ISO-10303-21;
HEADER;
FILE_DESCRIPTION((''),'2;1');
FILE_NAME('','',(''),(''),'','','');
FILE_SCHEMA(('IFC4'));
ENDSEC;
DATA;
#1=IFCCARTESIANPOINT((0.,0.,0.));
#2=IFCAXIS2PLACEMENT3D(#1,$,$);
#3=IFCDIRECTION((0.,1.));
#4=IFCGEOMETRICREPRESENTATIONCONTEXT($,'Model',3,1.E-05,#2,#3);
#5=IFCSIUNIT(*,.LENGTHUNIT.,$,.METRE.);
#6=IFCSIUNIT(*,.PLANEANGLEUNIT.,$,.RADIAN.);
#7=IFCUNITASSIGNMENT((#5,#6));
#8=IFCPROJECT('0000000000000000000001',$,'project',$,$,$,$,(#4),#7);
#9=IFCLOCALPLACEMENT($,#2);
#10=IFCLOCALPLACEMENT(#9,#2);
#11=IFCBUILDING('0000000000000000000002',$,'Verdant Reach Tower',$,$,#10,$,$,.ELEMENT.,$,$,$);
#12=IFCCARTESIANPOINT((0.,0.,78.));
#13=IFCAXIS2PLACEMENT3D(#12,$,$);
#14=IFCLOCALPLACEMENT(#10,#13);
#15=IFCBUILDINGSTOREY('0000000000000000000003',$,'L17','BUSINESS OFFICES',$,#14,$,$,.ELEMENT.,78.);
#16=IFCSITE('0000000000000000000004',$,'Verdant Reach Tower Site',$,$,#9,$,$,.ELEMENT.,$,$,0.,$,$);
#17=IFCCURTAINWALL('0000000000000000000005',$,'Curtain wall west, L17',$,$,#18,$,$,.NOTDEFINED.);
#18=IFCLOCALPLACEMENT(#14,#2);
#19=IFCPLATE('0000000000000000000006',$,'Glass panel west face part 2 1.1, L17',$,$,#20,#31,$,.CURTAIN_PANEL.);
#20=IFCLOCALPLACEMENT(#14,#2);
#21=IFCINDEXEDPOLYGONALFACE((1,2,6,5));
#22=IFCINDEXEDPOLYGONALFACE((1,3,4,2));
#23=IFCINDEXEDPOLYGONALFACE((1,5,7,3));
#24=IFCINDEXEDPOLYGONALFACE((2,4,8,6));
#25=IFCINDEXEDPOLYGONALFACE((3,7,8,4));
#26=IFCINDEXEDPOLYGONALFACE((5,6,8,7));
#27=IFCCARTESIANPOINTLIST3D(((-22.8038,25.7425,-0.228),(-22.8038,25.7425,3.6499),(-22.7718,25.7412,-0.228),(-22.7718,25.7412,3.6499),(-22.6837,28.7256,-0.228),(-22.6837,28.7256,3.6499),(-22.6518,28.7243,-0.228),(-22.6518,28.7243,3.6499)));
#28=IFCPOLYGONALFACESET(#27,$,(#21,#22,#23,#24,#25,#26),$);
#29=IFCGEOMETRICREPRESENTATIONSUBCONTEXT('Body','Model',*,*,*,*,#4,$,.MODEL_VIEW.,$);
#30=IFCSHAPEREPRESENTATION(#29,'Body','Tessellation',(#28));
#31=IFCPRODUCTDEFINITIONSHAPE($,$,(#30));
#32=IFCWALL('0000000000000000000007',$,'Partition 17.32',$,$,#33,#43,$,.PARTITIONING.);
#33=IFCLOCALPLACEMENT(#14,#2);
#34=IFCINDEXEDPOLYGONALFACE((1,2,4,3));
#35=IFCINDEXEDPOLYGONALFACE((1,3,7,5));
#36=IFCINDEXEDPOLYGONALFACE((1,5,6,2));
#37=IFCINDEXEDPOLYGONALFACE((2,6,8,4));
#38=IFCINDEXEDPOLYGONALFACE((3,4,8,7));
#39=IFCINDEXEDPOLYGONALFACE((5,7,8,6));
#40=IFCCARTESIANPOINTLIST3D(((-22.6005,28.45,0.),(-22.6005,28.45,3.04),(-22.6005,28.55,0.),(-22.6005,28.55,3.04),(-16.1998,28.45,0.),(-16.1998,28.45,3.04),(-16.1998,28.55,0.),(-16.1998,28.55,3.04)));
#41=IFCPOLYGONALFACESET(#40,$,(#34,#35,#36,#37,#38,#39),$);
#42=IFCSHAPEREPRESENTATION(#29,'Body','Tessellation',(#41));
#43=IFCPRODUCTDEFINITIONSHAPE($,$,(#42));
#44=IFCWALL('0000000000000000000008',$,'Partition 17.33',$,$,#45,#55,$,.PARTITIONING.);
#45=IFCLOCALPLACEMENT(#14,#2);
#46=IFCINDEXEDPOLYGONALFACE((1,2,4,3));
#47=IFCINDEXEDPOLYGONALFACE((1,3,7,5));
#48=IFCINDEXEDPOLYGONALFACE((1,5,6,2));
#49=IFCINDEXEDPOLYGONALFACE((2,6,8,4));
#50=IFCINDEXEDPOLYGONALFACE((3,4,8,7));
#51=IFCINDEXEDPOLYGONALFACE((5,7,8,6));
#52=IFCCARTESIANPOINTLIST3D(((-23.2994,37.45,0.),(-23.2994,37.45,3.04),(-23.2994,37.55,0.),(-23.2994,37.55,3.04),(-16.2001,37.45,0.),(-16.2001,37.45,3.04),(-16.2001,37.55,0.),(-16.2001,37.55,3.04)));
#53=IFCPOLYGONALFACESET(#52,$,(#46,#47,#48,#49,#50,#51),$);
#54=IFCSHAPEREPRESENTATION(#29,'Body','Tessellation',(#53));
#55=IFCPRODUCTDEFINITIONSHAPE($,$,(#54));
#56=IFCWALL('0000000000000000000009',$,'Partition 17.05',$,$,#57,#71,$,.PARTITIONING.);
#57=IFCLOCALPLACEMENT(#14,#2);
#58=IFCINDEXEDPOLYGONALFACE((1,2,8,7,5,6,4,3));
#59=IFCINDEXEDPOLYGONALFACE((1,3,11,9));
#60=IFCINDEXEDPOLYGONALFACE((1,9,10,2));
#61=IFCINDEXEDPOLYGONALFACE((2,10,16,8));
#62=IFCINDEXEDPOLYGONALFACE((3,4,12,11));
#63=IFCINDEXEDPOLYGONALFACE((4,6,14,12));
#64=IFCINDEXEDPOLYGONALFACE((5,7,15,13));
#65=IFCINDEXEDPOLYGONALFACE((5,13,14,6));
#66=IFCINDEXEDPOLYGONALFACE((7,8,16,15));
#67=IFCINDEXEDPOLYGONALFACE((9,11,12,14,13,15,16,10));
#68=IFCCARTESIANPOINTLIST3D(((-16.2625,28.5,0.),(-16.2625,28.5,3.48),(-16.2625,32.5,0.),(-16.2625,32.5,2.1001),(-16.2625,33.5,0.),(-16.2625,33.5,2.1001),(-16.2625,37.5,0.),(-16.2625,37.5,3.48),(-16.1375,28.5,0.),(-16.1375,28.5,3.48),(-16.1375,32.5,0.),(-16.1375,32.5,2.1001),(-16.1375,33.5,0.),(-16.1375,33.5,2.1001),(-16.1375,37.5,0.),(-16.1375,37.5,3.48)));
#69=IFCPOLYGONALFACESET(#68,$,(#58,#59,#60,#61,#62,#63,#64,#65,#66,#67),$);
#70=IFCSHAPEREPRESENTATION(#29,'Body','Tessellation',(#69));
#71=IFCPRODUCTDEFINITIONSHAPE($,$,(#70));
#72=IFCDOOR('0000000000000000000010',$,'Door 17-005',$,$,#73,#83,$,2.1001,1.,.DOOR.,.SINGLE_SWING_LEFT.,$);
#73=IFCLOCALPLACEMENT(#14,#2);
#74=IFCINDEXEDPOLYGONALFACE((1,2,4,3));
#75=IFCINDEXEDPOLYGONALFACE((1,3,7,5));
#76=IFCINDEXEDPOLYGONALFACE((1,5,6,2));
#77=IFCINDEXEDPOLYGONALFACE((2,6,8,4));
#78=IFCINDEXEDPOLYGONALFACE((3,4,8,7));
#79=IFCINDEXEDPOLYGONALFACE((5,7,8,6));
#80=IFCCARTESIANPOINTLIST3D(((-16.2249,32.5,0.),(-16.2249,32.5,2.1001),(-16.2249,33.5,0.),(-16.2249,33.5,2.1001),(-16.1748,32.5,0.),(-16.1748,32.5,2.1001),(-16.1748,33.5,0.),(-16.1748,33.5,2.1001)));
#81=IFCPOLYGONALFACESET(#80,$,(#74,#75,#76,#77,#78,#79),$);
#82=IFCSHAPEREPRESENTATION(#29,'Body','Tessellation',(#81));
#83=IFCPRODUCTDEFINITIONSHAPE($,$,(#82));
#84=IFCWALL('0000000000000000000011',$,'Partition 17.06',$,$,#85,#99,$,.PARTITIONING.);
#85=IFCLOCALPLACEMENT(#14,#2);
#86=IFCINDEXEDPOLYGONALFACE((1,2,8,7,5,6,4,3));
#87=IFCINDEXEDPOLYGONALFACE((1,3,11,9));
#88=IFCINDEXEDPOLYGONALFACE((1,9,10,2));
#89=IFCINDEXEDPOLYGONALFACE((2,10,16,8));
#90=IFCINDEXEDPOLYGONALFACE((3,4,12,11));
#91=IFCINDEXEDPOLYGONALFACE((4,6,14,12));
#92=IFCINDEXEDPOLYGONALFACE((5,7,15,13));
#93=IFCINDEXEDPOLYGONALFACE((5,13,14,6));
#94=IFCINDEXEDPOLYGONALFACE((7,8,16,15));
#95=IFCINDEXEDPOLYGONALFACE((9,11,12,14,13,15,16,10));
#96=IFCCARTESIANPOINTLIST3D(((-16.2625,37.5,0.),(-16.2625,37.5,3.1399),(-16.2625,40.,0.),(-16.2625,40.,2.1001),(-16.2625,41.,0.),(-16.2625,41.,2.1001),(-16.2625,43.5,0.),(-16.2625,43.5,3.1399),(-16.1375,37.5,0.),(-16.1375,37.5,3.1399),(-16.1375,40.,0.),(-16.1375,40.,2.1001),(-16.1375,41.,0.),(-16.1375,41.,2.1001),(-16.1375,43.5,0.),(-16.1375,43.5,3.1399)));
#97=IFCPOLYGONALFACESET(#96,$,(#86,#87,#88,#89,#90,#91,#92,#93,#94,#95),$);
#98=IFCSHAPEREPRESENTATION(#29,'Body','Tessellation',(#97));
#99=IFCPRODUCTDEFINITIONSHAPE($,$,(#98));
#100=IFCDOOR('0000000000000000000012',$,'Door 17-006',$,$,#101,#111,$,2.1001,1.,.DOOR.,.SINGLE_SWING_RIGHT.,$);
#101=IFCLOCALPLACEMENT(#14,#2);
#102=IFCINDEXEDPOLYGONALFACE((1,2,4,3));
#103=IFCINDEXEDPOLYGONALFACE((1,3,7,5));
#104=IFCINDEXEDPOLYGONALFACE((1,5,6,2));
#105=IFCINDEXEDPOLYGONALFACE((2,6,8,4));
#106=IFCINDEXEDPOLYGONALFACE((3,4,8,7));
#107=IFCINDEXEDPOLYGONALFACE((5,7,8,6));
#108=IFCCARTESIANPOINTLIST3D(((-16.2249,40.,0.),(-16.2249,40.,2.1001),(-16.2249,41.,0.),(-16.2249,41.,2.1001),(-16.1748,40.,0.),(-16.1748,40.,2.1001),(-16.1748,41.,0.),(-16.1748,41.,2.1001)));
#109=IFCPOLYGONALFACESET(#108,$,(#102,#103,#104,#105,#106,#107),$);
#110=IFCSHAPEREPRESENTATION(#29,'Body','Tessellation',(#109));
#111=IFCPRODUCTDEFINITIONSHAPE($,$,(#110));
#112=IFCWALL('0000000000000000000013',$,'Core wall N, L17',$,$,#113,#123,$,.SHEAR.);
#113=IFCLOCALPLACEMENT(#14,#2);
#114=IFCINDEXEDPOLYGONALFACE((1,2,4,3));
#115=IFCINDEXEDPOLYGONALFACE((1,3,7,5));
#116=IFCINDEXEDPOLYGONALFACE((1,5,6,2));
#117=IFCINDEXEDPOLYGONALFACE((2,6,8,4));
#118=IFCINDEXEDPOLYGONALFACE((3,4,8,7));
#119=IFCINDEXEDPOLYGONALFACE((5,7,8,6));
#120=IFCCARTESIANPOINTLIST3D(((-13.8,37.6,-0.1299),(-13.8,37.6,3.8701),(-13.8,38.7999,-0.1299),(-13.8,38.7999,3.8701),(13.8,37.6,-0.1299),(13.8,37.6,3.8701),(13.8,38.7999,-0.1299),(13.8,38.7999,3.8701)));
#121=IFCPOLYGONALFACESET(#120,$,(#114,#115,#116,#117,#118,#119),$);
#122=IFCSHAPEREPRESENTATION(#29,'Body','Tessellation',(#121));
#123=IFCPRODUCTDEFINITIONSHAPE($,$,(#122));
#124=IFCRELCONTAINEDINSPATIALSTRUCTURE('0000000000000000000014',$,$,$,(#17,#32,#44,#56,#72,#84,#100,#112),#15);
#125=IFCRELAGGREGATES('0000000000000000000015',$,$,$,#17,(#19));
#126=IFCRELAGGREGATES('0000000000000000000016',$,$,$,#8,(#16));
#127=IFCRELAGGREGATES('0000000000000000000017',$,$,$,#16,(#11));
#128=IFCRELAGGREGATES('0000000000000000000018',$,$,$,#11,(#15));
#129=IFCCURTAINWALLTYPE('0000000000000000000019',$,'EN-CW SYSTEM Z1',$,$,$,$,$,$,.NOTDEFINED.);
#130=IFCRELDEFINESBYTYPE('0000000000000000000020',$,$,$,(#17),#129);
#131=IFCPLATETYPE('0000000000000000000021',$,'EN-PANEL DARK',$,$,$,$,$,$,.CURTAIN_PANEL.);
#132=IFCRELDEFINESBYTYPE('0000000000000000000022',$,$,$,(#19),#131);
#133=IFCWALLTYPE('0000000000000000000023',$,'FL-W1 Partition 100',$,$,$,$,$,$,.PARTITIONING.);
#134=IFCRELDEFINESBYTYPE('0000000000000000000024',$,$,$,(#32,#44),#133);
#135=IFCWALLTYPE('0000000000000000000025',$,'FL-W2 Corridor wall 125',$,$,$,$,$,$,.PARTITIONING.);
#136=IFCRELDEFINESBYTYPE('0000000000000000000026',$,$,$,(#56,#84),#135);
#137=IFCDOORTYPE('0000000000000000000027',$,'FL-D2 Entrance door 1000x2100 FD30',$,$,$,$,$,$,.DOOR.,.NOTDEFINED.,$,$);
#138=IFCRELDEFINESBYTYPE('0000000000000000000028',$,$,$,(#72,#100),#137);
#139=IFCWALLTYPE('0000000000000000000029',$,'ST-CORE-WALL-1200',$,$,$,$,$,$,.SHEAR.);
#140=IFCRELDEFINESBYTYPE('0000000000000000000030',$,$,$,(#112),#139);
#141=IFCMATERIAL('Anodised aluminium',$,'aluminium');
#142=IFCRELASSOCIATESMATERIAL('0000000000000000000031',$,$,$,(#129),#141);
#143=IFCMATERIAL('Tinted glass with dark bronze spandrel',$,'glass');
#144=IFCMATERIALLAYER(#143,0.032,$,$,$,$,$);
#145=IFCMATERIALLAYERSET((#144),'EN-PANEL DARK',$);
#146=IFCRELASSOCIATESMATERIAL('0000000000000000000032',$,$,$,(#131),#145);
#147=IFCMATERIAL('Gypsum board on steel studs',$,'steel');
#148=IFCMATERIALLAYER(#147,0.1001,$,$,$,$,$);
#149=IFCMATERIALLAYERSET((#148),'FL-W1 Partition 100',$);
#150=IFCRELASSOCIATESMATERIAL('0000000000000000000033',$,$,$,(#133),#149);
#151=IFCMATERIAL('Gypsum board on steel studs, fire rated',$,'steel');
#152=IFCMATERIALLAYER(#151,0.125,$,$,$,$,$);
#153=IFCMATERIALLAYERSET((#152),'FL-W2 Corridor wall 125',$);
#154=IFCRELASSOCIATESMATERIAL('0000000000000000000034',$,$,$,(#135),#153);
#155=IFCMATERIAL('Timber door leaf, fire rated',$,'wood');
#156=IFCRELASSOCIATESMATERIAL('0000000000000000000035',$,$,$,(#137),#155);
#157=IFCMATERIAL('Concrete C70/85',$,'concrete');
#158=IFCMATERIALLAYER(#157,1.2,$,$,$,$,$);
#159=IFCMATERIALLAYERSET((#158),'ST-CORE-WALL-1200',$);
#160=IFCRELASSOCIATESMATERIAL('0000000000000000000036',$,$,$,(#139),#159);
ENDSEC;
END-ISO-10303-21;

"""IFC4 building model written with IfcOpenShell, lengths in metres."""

from ifc_helpers import new_model, si_unit, direction, frame, frame_2d, origin, origin_2d, place, context, subcontext, project, spatial, rectangle, extrude, material, layer, layer_set, type_object, element, fill, aggregate, save


model = new_model("IFC4")

# Units and contexts
model_context = context("Model", 3, precision=1e-05, world=origin(), true_north=direction((0.0, 1.0)))
body_context = subcontext(model_context, "Body", "Model", "MODEL_VIEW")
ifc_project = project(units=[si_unit("LENGTHUNIT", "METRE"), si_unit("PLANEANGLEUNIT", "RADIAN")], contexts=[model_context])

# Site, building, storey
site_placement = place(None, origin())
site = spatial("IfcSite", under=ifc_project, at=site_placement, Name="Verdant Reach Tower Site", CompositionType="ELEMENT", RefElevation=0.0)
building_placement = place(site_placement, origin())
building = spatial("IfcBuilding", under=site, at=building_placement, Name="Verdant Reach Tower", CompositionType="ELEMENT")
storey_placement = place(building_placement, frame((0.0, 0.0, 78.0)))
storey = spatial("IfcBuildingStorey", under=building, at=storey_placement, Name="L17", Description="BUSINESS OFFICES", CompositionType="ELEMENT", Elevation=78.0)

# Curtain wall
ifc_material_1 = material(Name="Anodised aluminium", Category="aluminium")
curtain_wall_type = type_object("IfcCurtainWallType", Name="EN-CW SYSTEM Z1", PredefinedType="NOTDEFINED", material=ifc_material_1)
curtain_wall_placement = place(storey_placement, origin())
curtain_wall = element("IfcCurtainWall", 1, at=curtain_wall_placement, inside=storey, type_object=curtain_wall_type, Name="Curtain wall west, L17", PredefinedType="NOTDEFINED")

# Plate
ifc_material_2 = material(Name="Tinted glass with dark bronze spandrel", Category="glass")
ifc_layer_1 = layer(ifc_material_2, 0.032)
ifc_layer_set_1 = layer_set([ifc_layer_1], Name="EN-PANEL DARK")
plate_type_1 = type_object("IfcPlateType", Name="EN-PANEL DARK", PredefinedType="CURTAIN_PANEL", material=ifc_layer_set_1)
plate_1_placement = place(storey_placement, frame((-22.7278, 27.2334, -0.228), z_axis=(0.0, 0.0, 1.0), x_axis=(-0.040222, -0.999191, 0.0)))
plate_1 = element("IfcPlate", 2, at=plate_1_placement, type_object=plate_type_1, Name="Glass panel west face part 2 1.1, L17", PredefinedType="CURTAIN_PANEL", context=body_context, shape_type="SweptSolid", body=[
    extrude(rectangle(XDim=2.9856, YDim=0.032, at=origin_2d()), origin(), (0.0, 0.0, 1.0), 3.8779),
])
aggregate(curtain_wall, [plate_1])

# Walls
ifc_material_3 = material(Name="Gypsum board on steel studs", Category="steel")
ifc_layer_2 = layer(ifc_material_3, 0.1001)
ifc_layer_set_2 = layer_set([ifc_layer_2], Name="FL-W1 Partition 100")
wall_type_1 = type_object("IfcWallType", Name="FL-W1 Partition 100", PredefinedType="PARTITIONING", material=ifc_layer_set_2)
wall_1_placement = place(storey_placement, frame((-16.2, 28.5, 0.0), z_axis=(0.0, 0.0, 1.0), x_axis=(-1.0, 0.0, 0.0)))
element("IfcWall", 3, at=wall_1_placement, inside=storey, type_object=wall_type_1, Name="Partition 17.32", PredefinedType="PARTITIONING", context=body_context, shape_type="SweptSolid", body=[
    extrude(rectangle(XDim=6.4006, YDim=0.1001, at=frame_2d((3.2002, 0.0))), origin(), (0.0, 0.0, 1.0), 3.04),
])
wall_2_placement = place(storey_placement, frame((-16.2, 37.5, 0.0), z_axis=(0.0, 0.0, 1.0), x_axis=(-1.0, 0.0, 0.0)))
element("IfcWall", 4, at=wall_2_placement, inside=storey, type_object=wall_type_1, Name="Partition 17.33", PredefinedType="PARTITIONING", context=body_context, shape_type="SweptSolid", body=[
    extrude(rectangle(XDim=7.0994, YDim=0.1001, at=frame_2d((3.5498, 0.0))), origin(), (0.0, 0.0, 1.0), 3.04),
])

# Walls, openings, doors
ifc_material_4 = material(Name="Gypsum board on steel studs, fire rated", Category="steel")
ifc_layer_3 = layer(ifc_material_4, 0.125)
ifc_layer_set_3 = layer_set([ifc_layer_3], Name="FL-W2 Corridor wall 125")
wall_type_2 = type_object("IfcWallType", Name="FL-W2 Corridor wall 125", PredefinedType="PARTITIONING", material=ifc_layer_set_3)
wall_3_placement = place(storey_placement, frame((-16.2, 28.5, 0.0), z_axis=(0.0, 0.0, 1.0), x_axis=(0.0, 1.0, 0.0)))
wall_3 = element("IfcWall", 5, at=wall_3_placement, inside=storey, type_object=wall_type_2, Name="Partition 17.05", PredefinedType="PARTITIONING", context=body_context, shape_type="SweptSolid", body=[
    extrude(rectangle(XDim=9.0, YDim=0.125, at=frame_2d((4.5, 0.0))), origin(), (0.0, 0.0, 1.0), 3.48),
])
opening_1_placement = place(wall_3_placement, frame((4.0, 0.0, 0.0)))
opening_1 = element("IfcOpeningElement", 6, at=opening_1_placement, cuts=wall_3, PredefinedType="OPENING", context=body_context, shape_type="SweptSolid", body=[
    extrude(rectangle(XDim=1.0, YDim=2.1001, at=frame_2d((0.5, 1.05))), frame((0.0, 0.0725, 0.0), z_axis=(0.0, -1.0, 0.0), x_axis=(1.0, 0.0, 0.0)), (0.0, 0.0, 1.0), 0.145),
])
ifc_material_5 = material(Name="Timber door leaf, fire rated", Category="wood")
door_type = type_object("IfcDoorType", Name="FL-D2 Entrance door 1000x2100 FD30", OperationType="NOTDEFINED", PredefinedType="DOOR", material=ifc_material_5)
door_1_placement = place(opening_1_placement, origin())
door_1 = element("IfcDoor", 7, at=door_1_placement, inside=storey, type_object=door_type, Name="Door 17-005", OperationType="SINGLE_SWING_LEFT", OverallHeight=2.1001, OverallWidth=1.0, PredefinedType="DOOR", context=body_context, shape_type="SweptSolid", body=[
    extrude(rectangle(XDim=1.0, YDim=2.1001, at=frame_2d((0.5, 1.05))), frame((0.0, 0.0249, 0.0), z_axis=(0.0, -1.0, 0.0), x_axis=(1.0, 0.0, 0.0)), (0.0, 0.0, 1.0), 0.05),
])
fill(opening_1, door_1)
wall_4_placement = place(storey_placement, frame((-16.2, 37.5, 0.0), z_axis=(0.0, 0.0, 1.0), x_axis=(0.0, 1.0, 0.0)))
wall_4 = element("IfcWall", 8, at=wall_4_placement, inside=storey, type_object=wall_type_2, Name="Partition 17.06", PredefinedType="PARTITIONING", context=body_context, shape_type="SweptSolid", body=[
    extrude(rectangle(XDim=6.0, YDim=0.125, at=frame_2d((3.0, 0.0))), origin(), (0.0, 0.0, 1.0), 3.1399),
])
opening_2_placement = place(wall_4_placement, frame((2.5, 0.0, 0.0)))
opening_2 = element("IfcOpeningElement", 9, at=opening_2_placement, cuts=wall_4, PredefinedType="OPENING", context=body_context, shape_type="SweptSolid", body=[
    extrude(rectangle(XDim=1.0, YDim=2.1001, at=frame_2d((0.5, 1.05))), frame((0.0, 0.0725, 0.0), z_axis=(0.0, -1.0, 0.0), x_axis=(1.0, 0.0, 0.0)), (0.0, 0.0, 1.0), 0.145),
])
door_2_placement = place(opening_2_placement, origin())
door_2 = element("IfcDoor", 10, at=door_2_placement, inside=storey, type_object=door_type, Name="Door 17-006", OperationType="SINGLE_SWING_RIGHT", OverallHeight=2.1001, OverallWidth=1.0, PredefinedType="DOOR", context=body_context, shape_type="SweptSolid", body=[
    extrude(rectangle(XDim=1.0, YDim=2.1001, at=frame_2d((0.5, 1.05))), frame((0.0, 0.0249, 0.0), z_axis=(0.0, -1.0, 0.0), x_axis=(1.0, 0.0, 0.0)), (0.0, 0.0, 1.0), 0.05),
])
fill(opening_2, door_2)

# Wall
ifc_material_6 = material(Name="Concrete C70/85", Category="concrete")
ifc_layer_4 = layer(ifc_material_6, 1.2)
ifc_layer_set_4 = layer_set([ifc_layer_4], Name="ST-CORE-WALL-1200")
wall_type_3 = type_object("IfcWallType", Name="ST-CORE-WALL-1200", PredefinedType="SHEAR", material=ifc_layer_set_4)
wall_5_placement = place(storey_placement, frame((-13.8, 38.2, -0.1299), z_axis=(0.0, 0.0, 1.0), x_axis=(1.0, 0.0, 0.0)))
element("IfcWall", 11, at=wall_5_placement, inside=storey, type_object=wall_type_3, Name="Core wall N, L17", PredefinedType="SHEAR", context=body_context, shape_type="SweptSolid", body=[
    extrude(rectangle(XDim=27.6001, YDim=1.2, at=frame_2d((13.8, 0.0))), origin(), (0.0, 0.0, 1.0), 4.0),
])

save(model, "model.ifc")
